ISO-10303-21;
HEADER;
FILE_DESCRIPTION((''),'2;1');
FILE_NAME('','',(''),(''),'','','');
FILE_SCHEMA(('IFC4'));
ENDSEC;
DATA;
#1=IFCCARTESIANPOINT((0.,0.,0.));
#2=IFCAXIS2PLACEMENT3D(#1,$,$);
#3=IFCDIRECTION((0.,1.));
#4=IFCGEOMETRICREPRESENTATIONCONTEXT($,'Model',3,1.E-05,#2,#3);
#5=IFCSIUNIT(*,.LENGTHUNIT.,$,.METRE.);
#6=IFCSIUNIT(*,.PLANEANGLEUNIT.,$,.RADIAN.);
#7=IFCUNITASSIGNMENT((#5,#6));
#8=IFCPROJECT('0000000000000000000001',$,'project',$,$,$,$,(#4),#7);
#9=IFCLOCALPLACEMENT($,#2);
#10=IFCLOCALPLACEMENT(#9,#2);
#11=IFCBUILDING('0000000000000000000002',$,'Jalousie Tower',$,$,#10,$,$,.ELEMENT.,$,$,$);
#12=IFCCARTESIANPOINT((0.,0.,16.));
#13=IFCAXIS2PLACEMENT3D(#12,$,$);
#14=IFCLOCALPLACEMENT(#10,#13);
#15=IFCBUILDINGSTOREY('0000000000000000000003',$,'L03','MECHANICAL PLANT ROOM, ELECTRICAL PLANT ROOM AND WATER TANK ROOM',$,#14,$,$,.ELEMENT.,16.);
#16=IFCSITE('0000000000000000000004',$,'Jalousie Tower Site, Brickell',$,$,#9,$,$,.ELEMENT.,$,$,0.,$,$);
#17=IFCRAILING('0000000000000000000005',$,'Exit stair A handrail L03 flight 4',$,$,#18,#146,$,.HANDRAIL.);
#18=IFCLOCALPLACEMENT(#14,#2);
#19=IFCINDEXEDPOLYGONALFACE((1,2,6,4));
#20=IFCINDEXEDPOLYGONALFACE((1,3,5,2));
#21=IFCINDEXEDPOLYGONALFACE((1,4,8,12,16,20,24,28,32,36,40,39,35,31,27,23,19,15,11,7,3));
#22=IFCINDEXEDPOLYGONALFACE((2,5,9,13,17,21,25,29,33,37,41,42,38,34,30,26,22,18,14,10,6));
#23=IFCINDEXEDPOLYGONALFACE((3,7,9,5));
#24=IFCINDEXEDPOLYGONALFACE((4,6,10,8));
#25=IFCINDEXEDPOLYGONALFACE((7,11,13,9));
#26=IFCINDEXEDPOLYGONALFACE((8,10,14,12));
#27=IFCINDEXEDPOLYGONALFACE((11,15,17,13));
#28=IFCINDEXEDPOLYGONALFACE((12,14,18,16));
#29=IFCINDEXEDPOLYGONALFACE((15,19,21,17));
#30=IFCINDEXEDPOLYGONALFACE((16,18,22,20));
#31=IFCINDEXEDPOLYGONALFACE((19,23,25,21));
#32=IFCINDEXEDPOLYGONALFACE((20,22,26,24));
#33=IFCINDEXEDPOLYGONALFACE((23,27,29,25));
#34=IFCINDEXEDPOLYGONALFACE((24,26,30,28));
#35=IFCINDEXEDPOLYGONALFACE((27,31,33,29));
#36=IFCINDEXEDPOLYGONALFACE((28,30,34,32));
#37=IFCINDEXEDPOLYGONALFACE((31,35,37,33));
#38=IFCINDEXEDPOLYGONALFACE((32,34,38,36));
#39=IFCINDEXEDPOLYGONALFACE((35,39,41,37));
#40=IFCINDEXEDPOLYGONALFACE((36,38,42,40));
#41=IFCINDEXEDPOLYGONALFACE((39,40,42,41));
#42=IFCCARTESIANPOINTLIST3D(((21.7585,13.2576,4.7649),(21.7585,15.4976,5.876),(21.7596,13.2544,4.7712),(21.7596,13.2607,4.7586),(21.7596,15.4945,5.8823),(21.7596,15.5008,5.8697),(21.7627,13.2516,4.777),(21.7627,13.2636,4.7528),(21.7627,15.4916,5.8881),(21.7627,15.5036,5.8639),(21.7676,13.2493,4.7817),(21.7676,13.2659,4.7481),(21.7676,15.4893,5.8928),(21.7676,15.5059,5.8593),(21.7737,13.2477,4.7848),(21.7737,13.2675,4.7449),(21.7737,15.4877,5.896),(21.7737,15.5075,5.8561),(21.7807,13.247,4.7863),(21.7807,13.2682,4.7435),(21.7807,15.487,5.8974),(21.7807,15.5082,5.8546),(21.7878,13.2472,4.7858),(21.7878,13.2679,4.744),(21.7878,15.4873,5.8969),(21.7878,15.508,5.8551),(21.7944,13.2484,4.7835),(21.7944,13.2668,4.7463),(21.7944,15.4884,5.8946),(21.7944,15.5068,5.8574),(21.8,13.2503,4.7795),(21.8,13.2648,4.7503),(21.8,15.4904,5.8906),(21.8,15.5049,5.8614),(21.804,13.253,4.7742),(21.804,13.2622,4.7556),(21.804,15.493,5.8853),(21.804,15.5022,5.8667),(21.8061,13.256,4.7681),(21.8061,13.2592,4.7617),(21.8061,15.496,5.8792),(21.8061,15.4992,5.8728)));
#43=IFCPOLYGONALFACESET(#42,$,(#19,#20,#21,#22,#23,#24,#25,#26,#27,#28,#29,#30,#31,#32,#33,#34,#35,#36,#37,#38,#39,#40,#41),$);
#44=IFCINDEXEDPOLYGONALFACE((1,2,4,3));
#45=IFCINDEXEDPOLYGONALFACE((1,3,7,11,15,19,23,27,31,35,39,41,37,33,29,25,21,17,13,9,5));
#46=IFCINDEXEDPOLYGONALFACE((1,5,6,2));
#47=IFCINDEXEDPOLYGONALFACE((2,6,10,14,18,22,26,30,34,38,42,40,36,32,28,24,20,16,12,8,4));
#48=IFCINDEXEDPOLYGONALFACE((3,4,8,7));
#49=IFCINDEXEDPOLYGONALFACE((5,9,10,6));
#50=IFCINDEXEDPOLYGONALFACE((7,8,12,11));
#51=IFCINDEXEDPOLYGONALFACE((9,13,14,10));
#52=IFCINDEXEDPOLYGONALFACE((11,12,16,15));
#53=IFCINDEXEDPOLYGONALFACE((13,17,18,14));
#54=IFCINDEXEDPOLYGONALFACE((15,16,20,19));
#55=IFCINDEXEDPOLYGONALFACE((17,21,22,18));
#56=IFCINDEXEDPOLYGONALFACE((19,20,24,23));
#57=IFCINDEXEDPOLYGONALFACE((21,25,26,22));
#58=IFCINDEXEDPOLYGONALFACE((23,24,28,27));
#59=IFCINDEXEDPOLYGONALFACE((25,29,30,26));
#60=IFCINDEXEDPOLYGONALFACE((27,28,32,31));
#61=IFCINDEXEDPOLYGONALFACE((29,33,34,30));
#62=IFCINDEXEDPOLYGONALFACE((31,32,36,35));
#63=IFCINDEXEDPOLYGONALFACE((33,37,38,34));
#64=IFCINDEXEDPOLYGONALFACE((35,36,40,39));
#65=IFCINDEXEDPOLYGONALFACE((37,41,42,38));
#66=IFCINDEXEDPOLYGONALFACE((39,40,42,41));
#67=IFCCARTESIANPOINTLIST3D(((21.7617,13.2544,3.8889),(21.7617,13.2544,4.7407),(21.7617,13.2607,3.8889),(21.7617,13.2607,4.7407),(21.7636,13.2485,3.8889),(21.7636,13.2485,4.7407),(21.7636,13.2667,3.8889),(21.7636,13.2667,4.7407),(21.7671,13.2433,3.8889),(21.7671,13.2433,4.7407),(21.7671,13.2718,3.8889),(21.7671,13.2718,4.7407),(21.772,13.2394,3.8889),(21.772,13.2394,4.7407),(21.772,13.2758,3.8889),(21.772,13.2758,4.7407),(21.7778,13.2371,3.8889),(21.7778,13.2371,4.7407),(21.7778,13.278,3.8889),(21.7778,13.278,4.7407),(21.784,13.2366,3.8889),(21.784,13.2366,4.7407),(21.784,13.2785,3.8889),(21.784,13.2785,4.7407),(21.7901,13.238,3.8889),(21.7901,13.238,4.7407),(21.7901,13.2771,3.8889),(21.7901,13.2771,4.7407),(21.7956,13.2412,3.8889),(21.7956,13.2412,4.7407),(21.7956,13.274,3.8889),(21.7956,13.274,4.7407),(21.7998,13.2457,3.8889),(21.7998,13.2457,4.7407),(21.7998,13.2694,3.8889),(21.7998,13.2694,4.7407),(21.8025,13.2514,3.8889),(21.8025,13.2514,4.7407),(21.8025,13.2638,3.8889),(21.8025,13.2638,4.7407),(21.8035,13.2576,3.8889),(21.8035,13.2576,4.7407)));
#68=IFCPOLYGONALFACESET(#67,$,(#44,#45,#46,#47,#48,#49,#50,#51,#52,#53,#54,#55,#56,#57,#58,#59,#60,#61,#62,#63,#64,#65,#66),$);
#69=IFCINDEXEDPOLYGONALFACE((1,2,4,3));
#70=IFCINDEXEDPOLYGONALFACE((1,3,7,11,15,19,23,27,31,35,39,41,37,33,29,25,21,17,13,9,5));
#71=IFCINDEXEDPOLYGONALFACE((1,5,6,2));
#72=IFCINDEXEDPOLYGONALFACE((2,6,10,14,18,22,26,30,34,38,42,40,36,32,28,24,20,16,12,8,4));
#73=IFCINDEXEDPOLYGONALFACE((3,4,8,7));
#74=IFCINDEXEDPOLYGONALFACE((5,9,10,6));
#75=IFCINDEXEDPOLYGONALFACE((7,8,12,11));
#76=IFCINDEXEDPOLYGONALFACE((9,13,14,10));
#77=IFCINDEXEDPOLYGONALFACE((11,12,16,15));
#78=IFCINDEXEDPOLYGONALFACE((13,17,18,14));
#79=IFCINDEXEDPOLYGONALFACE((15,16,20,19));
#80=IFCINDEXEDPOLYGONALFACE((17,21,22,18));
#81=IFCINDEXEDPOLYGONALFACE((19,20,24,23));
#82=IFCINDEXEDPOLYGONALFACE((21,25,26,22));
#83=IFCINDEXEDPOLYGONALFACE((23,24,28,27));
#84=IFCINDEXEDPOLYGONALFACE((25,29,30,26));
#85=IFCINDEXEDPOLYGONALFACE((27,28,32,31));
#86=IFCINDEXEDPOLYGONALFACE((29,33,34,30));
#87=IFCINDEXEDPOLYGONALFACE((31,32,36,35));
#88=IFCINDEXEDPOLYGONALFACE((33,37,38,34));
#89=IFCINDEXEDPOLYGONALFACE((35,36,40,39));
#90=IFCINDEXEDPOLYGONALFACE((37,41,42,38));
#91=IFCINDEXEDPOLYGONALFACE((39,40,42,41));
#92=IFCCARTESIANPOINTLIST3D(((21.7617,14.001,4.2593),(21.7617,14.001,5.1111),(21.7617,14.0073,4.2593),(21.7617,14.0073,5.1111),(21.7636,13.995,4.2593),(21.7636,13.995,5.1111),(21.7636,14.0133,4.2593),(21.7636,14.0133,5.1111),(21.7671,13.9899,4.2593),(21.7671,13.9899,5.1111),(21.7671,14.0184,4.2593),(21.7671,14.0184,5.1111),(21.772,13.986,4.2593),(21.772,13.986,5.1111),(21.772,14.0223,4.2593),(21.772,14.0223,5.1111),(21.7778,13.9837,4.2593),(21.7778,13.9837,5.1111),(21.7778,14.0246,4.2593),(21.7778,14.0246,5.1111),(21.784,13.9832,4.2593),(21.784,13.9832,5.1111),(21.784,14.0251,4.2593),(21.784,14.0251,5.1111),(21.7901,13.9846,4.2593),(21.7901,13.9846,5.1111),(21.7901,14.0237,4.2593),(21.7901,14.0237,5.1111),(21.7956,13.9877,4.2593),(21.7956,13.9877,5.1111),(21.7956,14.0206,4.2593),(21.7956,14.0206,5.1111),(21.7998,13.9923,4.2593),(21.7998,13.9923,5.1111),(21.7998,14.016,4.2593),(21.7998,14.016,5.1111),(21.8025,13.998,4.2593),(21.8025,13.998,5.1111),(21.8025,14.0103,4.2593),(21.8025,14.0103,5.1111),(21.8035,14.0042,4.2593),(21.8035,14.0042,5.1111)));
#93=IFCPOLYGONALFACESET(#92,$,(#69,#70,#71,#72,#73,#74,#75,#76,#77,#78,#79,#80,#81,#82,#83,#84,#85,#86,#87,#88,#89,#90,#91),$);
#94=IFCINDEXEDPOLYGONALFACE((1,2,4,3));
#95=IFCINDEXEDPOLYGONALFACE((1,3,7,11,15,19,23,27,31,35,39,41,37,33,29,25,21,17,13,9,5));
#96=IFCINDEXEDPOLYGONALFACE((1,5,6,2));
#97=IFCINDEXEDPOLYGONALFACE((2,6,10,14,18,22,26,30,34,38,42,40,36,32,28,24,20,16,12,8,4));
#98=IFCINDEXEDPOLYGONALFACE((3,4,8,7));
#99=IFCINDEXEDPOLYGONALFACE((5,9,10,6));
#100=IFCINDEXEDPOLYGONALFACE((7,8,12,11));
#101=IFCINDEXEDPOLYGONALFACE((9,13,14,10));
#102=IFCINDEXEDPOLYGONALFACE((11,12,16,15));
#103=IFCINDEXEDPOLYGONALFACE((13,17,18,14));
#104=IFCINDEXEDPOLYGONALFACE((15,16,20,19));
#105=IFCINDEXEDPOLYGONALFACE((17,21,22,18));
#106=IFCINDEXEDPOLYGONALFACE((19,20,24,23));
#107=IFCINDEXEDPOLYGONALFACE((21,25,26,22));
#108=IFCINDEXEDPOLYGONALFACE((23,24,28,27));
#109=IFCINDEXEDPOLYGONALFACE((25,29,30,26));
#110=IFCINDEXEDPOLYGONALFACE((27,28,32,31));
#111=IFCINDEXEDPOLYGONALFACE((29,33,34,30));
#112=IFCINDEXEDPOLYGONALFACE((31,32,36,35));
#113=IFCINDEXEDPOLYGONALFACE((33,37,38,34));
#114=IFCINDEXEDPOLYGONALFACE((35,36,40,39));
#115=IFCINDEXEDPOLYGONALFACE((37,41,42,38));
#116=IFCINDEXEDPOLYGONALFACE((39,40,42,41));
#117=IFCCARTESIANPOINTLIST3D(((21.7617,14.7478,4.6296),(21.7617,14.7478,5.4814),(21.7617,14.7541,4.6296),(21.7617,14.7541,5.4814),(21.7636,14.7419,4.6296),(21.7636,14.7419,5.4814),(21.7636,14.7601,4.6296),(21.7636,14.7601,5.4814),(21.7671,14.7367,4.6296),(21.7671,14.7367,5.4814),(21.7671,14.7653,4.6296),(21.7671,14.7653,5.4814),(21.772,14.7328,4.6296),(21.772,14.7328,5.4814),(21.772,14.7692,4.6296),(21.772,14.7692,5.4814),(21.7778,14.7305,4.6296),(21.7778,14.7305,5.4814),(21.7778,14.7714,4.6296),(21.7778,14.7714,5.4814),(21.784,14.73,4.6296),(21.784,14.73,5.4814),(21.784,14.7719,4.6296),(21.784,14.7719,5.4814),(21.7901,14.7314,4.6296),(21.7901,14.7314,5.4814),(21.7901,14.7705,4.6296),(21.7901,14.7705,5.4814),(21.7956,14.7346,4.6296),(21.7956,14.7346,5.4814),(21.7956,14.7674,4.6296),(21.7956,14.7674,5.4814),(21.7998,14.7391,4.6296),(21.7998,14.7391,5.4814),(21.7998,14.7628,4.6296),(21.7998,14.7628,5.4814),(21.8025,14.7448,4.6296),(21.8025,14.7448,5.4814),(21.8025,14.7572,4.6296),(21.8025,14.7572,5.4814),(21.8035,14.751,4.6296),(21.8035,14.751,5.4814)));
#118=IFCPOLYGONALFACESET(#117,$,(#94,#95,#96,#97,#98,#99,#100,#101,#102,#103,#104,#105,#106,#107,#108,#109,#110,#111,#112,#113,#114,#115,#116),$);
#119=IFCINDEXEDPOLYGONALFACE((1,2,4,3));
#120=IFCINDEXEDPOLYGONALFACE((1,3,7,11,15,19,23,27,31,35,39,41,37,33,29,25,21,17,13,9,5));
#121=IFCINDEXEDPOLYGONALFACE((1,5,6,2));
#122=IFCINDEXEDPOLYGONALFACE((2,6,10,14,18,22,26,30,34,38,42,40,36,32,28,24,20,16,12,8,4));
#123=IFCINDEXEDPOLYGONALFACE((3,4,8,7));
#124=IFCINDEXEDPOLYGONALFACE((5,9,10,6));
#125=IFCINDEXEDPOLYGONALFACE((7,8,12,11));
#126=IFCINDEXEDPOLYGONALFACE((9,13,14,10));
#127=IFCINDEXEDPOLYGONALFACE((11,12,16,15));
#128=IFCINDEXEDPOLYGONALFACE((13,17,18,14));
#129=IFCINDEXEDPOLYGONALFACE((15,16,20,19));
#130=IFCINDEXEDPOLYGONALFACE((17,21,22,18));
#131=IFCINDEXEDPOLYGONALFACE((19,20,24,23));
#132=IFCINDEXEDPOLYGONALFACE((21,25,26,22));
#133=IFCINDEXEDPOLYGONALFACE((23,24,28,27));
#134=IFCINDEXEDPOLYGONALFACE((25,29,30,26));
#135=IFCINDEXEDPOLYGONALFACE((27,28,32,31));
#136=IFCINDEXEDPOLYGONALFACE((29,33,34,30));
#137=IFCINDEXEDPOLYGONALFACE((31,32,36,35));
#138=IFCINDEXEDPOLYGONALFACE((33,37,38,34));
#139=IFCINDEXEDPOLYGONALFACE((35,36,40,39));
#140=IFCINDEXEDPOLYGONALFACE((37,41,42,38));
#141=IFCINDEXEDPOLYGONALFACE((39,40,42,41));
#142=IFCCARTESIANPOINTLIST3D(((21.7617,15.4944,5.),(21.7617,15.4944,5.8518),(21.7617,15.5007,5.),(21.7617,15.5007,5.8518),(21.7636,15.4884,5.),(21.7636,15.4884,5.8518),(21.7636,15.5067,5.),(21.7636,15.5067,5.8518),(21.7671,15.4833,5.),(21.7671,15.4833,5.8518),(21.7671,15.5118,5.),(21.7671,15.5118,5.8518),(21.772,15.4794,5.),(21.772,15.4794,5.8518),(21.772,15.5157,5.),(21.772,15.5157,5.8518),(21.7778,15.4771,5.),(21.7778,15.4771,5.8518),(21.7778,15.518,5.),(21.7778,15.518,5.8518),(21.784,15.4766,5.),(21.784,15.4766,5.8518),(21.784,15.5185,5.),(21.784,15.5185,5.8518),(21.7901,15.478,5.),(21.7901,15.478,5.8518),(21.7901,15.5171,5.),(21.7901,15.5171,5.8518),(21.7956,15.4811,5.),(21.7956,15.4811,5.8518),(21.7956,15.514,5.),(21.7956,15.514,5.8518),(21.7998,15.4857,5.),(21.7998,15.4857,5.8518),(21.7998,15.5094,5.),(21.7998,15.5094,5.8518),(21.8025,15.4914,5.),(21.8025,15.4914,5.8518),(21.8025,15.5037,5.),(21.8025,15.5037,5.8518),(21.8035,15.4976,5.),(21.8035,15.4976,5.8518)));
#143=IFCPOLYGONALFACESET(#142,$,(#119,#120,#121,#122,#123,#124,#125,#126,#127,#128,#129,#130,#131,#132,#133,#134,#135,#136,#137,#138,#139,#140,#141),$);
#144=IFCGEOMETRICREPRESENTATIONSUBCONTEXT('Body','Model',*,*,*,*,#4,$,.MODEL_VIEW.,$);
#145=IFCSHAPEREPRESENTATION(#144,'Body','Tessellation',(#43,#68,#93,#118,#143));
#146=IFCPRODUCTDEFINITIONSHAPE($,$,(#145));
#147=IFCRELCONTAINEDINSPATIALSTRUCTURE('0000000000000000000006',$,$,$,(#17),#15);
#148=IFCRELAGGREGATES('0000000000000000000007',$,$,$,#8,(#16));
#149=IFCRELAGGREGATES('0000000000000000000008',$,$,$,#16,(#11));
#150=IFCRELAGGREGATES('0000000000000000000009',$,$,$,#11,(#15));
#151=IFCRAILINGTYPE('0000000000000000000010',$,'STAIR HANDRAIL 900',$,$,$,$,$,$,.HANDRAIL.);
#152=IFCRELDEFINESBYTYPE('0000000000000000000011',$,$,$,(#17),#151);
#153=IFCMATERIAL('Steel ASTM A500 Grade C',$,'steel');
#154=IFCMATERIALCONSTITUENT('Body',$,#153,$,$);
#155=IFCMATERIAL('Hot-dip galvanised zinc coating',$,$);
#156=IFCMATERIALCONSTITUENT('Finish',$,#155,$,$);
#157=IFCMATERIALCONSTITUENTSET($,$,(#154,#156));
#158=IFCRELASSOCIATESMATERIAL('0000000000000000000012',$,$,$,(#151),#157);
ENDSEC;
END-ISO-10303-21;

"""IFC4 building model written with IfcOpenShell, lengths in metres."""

from ifc_helpers import new_model, si_unit, direction, frame, origin, origin_2d, place, context, subcontext, project, spatial, circle, extrude, material, constituent, constituent_set, type_object, element, save


model = new_model("IFC4")

# Units and contexts
model_context = context("Model", 3, precision=1e-05, world=origin(), true_north=direction((0.0, 1.0)))
body_context = subcontext(model_context, "Body", "Model", "MODEL_VIEW")
ifc_project = project(units=[si_unit("LENGTHUNIT", "METRE"), si_unit("PLANEANGLEUNIT", "RADIAN")], contexts=[model_context])

# Site, building, storey
site_placement = place(None, origin())
site = spatial("IfcSite", under=ifc_project, at=site_placement, Name="Jalousie Tower Site, Brickell", CompositionType="ELEMENT", RefElevation=0.0)
building_placement = place(site_placement, origin())
building = spatial("IfcBuilding", under=site, at=building_placement, Name="Jalousie Tower", CompositionType="ELEMENT")
storey_placement = place(building_placement, frame((0.0, 0.0, 16.0)))
storey = spatial("IfcBuildingStorey", under=building, at=storey_placement, Name="L03", Description="MECHANICAL PLANT ROOM, ELECTRICAL PLANT ROOM AND WATER TANK ROOM", CompositionType="ELEMENT", Elevation=16.0)

# Railing
ifc_material_1 = material(Name="Steel ASTM A500 Grade C", Category="steel")
ifc_constituent_1 = constituent(ifc_material_1, Name="Body")
ifc_material_2 = material(Name="Hot-dip galvanised zinc coating")
ifc_constituent_2 = constituent(ifc_material_2, Name="Finish")
ifc_constituent_set_1 = constituent_set(constituents=[ifc_constituent_1, ifc_constituent_2])
railing_type_1 = type_object("IfcRailingType", Name="STAIR HANDRAIL 900", PredefinedType="HANDRAIL", material=ifc_constituent_set_1)
railing_1_placement = place(storey_placement, frame((21.7825, 13.2576, 3.8889)))
element("IfcRailing", 1, at=railing_1_placement, inside=storey, type_object=railing_type_1, Name="Exit stair A handrail L03 flight 4", PredefinedType="HANDRAIL", context=body_context, shape_type="SweptSolid", body=[
    extrude(circle(Radius=0.0239, at=origin_2d()), frame((0.0, 0.0, 0.876), z_axis=(0.0, 0.895848, 0.44436), x_axis=(-1.0, 0.0, 0.0)), (0.0, 0.0, 1.0), 2.5005),
    extrude(circle(Radius=0.021, at=origin_2d()), origin(), (0.0, 0.0, 1.0), 0.8518),
    extrude(circle(Radius=0.021, at=origin_2d()), frame((0.0, 0.7466, 0.3704)), (0.0, 0.0, 1.0), 0.8518),
    extrude(circle(Radius=0.021, at=origin_2d()), frame((0.0, 1.4934, 0.7407)), (0.0, 0.0, 1.0), 0.8518),
    extrude(circle(Radius=0.021, at=origin_2d()), frame((0.0, 2.24, 1.1111)), (0.0, 0.0, 1.0), 0.8518),
])

save(model, "model.ifc")
